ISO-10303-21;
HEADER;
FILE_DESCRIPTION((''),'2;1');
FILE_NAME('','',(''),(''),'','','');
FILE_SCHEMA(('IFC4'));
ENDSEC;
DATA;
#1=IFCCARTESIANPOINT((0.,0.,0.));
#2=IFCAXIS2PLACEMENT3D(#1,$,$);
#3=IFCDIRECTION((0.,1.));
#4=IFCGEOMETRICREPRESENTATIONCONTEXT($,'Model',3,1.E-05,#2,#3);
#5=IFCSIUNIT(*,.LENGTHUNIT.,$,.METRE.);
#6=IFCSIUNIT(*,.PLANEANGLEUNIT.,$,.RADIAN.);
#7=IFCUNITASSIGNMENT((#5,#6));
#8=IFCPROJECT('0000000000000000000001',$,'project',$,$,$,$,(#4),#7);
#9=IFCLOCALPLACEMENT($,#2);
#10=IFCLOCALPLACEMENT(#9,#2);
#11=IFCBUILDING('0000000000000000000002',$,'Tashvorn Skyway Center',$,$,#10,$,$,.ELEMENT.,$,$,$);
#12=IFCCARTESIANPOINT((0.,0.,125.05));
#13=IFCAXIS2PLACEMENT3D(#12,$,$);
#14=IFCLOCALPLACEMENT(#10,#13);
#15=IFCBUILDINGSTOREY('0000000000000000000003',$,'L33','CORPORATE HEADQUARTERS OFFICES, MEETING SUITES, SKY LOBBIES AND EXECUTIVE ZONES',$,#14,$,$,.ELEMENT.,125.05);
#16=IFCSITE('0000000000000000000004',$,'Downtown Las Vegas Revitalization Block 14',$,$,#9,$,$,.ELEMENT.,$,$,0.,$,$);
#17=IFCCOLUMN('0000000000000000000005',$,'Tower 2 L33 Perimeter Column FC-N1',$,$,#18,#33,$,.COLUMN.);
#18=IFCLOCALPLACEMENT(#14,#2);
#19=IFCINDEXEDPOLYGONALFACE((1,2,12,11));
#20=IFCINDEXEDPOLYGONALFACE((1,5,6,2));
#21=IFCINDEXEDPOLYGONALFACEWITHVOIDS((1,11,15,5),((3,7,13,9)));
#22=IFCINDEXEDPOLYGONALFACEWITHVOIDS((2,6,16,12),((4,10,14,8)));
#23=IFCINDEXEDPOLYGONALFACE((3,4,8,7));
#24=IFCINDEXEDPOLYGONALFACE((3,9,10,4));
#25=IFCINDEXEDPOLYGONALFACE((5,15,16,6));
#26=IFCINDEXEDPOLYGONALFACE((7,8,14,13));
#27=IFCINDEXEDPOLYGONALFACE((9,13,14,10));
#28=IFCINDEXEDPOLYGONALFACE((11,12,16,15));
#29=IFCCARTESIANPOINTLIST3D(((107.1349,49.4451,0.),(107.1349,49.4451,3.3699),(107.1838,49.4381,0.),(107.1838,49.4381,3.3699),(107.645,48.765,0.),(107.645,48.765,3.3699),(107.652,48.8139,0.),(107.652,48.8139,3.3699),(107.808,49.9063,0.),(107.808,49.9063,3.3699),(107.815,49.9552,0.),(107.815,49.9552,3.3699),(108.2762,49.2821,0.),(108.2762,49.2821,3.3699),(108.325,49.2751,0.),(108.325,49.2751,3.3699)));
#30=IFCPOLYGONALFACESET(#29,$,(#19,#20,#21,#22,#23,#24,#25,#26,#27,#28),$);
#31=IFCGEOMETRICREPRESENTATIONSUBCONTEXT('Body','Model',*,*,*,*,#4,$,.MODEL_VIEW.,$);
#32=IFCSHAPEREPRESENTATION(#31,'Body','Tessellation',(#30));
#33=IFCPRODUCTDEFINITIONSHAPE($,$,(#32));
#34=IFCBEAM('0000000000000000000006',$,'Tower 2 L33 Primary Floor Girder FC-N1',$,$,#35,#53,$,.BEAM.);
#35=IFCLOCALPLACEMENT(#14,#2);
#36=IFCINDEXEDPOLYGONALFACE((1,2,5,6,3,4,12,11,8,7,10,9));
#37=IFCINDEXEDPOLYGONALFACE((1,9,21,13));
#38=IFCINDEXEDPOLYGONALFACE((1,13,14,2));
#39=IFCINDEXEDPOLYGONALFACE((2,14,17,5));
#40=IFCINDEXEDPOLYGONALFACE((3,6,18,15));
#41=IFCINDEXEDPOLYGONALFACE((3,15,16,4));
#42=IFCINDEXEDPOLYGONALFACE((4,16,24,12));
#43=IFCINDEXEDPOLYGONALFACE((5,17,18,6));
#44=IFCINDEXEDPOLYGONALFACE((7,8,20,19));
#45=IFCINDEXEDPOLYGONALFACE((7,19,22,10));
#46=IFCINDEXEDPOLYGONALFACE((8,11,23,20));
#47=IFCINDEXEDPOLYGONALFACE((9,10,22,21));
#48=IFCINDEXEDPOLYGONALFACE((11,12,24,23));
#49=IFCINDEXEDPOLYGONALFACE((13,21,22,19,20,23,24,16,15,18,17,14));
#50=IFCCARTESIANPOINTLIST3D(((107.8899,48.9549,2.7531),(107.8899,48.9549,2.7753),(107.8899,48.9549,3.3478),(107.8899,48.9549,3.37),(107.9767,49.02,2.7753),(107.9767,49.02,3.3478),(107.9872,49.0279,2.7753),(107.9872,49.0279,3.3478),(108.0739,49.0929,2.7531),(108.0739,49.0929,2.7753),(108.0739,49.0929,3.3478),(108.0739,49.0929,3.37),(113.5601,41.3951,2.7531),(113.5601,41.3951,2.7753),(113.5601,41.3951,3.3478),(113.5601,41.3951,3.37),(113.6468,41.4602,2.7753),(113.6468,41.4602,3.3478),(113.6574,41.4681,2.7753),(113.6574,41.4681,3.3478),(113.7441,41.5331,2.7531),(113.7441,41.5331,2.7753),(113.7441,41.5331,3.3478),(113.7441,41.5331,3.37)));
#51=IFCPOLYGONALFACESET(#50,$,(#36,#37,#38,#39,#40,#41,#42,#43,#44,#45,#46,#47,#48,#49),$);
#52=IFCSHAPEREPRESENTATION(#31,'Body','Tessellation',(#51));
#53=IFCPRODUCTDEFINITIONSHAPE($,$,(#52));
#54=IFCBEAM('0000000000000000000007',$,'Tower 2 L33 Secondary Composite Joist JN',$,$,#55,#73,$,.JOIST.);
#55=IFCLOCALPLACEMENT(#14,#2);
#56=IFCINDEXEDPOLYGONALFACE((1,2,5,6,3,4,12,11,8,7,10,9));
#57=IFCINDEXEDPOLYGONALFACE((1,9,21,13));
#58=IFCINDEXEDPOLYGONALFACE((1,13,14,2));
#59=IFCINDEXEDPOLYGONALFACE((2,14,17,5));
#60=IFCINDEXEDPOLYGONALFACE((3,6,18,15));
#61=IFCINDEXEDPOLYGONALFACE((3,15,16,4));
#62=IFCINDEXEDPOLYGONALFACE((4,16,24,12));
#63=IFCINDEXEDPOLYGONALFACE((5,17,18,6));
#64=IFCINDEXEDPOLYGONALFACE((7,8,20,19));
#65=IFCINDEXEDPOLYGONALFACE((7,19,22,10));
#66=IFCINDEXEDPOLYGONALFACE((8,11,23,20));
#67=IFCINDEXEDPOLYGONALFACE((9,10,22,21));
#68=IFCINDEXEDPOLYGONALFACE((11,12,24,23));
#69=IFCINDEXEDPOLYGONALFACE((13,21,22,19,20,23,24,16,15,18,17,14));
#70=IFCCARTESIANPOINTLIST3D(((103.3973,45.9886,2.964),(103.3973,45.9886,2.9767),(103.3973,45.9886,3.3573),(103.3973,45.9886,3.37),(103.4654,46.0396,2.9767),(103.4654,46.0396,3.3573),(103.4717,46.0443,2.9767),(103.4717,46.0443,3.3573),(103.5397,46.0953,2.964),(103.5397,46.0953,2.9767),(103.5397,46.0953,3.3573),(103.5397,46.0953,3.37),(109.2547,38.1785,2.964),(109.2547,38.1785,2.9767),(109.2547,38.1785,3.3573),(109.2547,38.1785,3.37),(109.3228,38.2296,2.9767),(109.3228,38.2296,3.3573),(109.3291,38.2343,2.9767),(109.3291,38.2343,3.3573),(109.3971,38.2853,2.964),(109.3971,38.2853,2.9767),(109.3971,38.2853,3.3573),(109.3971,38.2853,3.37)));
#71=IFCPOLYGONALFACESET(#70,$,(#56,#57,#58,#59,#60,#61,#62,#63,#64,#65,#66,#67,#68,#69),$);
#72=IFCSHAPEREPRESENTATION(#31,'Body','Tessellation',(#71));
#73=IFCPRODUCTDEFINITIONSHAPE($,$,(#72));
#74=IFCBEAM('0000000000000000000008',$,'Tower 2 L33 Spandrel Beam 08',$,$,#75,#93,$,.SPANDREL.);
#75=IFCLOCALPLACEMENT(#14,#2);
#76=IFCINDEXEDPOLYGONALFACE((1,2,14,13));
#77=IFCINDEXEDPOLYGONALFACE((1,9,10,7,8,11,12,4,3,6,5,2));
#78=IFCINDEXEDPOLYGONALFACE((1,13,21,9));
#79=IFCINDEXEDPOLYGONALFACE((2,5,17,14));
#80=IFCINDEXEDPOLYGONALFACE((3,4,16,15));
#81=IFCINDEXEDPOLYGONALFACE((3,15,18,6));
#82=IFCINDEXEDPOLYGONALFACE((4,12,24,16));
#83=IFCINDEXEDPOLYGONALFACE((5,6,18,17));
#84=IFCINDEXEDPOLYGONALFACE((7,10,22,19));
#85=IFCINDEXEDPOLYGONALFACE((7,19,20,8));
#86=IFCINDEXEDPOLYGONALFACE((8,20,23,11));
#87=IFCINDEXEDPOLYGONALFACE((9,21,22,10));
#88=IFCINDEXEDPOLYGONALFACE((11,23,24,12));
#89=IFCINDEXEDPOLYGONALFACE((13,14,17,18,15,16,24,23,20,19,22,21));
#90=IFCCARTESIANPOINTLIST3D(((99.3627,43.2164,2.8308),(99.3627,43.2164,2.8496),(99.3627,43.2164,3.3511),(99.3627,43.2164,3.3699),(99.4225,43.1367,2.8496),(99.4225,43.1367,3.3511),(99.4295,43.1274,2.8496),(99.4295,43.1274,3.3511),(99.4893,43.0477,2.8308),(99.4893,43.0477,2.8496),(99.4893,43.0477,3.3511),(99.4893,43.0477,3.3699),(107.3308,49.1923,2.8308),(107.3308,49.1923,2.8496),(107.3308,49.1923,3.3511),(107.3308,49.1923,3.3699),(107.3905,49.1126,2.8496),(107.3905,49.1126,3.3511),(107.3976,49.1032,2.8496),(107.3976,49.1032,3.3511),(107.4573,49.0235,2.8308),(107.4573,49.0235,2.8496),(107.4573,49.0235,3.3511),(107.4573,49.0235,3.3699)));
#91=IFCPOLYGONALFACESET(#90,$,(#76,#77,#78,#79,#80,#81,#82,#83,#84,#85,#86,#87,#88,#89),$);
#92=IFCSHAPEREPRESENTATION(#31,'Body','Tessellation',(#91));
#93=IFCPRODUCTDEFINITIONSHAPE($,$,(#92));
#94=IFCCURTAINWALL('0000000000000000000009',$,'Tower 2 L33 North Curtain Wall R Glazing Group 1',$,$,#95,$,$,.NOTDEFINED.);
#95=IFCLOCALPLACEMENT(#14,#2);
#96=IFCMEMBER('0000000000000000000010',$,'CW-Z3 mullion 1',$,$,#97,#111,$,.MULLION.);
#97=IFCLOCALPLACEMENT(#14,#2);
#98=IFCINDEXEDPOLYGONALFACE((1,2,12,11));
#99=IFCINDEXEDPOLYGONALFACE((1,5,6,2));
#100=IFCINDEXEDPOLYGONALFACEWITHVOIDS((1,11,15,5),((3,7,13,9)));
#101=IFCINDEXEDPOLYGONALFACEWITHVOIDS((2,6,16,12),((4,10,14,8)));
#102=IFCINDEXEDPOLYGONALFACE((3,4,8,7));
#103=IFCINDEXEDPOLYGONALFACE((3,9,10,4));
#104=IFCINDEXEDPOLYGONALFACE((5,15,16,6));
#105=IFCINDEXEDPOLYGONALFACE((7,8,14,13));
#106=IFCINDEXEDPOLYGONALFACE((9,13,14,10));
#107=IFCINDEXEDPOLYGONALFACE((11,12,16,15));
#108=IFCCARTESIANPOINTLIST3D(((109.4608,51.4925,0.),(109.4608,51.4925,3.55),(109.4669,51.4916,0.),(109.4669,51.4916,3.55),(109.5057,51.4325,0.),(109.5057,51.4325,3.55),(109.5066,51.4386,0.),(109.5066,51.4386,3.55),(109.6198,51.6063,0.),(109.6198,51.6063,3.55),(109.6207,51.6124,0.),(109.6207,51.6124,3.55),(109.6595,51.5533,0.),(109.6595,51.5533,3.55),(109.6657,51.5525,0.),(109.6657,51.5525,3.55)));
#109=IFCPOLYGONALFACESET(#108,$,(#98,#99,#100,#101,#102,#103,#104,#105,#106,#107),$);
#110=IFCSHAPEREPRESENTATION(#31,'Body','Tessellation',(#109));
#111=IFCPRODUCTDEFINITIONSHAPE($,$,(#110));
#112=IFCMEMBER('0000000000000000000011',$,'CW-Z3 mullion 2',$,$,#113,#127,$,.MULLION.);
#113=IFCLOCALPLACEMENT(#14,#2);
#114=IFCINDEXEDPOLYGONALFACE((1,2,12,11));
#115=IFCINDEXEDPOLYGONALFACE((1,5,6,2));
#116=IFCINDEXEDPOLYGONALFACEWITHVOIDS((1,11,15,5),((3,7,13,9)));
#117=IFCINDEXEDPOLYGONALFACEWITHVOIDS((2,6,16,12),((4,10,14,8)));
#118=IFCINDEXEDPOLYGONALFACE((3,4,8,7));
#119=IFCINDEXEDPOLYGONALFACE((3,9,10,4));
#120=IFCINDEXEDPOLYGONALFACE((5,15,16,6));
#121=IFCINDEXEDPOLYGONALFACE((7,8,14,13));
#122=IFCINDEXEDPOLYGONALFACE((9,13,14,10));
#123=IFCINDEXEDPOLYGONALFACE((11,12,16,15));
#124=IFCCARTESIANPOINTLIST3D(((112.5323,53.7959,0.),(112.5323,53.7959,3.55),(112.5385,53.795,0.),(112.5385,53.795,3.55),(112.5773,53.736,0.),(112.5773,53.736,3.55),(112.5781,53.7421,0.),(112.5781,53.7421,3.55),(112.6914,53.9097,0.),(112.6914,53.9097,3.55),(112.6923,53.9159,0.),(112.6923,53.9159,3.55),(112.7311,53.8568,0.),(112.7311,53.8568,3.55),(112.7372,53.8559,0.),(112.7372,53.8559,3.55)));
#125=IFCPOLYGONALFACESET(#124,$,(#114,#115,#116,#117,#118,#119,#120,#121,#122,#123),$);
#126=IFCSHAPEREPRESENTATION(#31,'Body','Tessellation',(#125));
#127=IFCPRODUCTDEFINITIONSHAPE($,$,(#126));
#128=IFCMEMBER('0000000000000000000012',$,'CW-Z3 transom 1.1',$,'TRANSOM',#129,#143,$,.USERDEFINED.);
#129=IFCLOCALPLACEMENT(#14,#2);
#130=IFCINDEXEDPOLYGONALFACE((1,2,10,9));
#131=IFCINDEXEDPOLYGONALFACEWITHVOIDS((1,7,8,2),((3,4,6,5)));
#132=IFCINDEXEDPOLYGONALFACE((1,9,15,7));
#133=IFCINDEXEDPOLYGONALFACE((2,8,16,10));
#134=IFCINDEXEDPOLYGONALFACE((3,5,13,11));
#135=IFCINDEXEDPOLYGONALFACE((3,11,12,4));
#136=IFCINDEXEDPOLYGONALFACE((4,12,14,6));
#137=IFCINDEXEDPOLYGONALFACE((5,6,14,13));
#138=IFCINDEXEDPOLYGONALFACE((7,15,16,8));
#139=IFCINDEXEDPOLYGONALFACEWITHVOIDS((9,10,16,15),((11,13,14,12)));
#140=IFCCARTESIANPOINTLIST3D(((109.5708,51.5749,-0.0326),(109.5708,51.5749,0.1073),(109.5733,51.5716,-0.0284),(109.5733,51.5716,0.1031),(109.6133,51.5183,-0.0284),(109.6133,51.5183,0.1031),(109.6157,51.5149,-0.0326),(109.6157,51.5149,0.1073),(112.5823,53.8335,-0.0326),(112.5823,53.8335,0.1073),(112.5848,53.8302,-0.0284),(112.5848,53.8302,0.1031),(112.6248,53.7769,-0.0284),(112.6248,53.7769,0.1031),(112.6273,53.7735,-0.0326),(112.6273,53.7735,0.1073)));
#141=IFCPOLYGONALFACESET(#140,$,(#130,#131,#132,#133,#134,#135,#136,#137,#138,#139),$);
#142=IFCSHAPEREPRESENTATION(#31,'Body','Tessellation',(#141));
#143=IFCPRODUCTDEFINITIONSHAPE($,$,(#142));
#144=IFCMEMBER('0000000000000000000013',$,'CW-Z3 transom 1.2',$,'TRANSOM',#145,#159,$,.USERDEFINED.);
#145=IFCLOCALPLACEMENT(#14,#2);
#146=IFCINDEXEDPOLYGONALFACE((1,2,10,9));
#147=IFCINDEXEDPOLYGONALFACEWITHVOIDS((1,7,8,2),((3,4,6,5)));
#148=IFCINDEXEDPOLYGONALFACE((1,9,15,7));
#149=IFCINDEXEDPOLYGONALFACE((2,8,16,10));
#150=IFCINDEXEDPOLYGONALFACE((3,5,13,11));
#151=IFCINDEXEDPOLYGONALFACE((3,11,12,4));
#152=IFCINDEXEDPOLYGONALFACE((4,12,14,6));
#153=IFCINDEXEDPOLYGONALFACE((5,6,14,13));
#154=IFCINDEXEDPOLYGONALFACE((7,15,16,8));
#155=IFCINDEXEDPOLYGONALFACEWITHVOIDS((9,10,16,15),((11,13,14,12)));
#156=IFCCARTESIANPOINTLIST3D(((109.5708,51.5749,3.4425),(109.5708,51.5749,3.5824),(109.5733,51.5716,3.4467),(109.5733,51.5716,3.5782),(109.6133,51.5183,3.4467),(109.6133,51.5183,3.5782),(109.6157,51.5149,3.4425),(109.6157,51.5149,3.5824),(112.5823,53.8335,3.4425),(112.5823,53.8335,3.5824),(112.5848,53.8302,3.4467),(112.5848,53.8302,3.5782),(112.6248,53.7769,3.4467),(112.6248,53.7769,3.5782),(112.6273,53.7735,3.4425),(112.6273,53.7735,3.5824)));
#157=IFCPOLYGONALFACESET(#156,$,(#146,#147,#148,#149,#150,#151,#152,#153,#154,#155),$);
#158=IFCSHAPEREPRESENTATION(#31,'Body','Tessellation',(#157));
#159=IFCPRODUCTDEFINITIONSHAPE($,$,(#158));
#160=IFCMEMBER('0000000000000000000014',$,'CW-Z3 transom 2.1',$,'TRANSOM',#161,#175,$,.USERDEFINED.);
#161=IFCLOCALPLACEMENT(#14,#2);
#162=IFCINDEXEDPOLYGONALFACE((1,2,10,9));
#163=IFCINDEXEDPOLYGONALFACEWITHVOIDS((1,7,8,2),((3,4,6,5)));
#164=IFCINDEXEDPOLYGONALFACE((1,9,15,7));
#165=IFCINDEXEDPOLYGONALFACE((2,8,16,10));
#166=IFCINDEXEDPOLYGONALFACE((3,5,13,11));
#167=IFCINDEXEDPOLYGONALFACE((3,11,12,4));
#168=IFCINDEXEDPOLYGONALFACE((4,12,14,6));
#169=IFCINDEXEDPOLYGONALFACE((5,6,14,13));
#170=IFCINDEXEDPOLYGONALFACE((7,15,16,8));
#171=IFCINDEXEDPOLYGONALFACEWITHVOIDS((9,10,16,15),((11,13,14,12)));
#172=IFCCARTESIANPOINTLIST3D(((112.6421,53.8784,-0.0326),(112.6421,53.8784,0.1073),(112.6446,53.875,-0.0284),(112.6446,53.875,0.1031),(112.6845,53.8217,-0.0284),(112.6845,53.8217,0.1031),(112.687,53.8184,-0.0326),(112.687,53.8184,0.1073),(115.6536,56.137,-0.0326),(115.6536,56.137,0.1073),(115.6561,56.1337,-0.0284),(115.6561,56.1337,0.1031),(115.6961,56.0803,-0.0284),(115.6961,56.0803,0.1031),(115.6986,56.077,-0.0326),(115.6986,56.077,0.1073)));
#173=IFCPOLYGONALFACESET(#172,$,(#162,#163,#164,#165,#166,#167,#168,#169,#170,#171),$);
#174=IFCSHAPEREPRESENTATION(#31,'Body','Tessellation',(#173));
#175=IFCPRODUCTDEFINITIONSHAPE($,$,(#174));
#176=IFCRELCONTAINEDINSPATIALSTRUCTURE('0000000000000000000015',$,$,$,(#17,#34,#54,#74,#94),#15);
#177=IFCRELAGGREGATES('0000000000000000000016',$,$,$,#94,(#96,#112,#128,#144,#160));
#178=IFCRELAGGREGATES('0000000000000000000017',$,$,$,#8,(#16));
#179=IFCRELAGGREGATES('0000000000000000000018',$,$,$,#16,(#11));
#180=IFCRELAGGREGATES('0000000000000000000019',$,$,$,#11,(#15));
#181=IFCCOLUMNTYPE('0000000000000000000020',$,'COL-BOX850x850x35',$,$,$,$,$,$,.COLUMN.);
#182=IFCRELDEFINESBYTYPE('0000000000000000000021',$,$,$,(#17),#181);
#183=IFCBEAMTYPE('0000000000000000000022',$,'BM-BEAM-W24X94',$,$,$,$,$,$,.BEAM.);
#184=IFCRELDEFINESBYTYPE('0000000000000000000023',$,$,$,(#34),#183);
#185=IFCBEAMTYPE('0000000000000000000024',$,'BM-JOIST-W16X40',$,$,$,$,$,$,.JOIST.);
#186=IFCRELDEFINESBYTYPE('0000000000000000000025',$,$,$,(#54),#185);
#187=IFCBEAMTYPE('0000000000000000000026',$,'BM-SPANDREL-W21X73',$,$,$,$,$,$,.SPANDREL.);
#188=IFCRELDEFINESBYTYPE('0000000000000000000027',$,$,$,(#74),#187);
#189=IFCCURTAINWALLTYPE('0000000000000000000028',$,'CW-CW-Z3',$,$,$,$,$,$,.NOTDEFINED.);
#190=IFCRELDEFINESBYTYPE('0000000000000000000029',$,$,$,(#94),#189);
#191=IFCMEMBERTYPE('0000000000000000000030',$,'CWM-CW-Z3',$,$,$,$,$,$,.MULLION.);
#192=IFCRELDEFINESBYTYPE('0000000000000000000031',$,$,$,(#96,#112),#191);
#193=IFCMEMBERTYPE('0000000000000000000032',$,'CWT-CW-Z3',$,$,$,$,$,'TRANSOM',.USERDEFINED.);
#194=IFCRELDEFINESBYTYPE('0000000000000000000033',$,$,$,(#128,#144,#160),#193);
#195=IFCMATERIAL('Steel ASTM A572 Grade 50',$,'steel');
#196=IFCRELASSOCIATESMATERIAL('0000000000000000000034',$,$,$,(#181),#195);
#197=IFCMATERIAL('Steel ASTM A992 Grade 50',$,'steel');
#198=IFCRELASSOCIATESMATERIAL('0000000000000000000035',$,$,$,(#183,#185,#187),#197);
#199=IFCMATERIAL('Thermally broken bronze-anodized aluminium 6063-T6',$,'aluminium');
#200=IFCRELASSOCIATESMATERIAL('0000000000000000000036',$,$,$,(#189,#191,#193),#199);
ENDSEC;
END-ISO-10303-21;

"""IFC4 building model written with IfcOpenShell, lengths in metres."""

from ifc_helpers import new_model, si_unit, direction, frame, origin, origin_2d, place, context, subcontext, project, spatial, hollow_rectangle, i_section, extrude, material, material_profile, profile_set, type_object, element, aggregate, save


model = new_model("IFC4")

# Units and contexts
model_context = context("Model", 3, precision=1e-05, world=origin(), true_north=direction((0.0, 1.0)))
body_context = subcontext(model_context, "Body", "Model", "MODEL_VIEW")
ifc_project = project(units=[si_unit("LENGTHUNIT", "METRE"), si_unit("PLANEANGLEUNIT", "RADIAN")], contexts=[model_context])

# Site, building, storey
site_placement = place(None, origin())
site = spatial("IfcSite", under=ifc_project, at=site_placement, Name="Downtown Las Vegas Revitalization Block 14", CompositionType="ELEMENT", RefElevation=0.0)
building_placement = place(site_placement, origin())
building = spatial("IfcBuilding", under=site, at=building_placement, Name="Tashvorn Skyway Center", CompositionType="ELEMENT")
storey_placement = place(building_placement, frame((0.0, 0.0, 125.05)))
storey = spatial("IfcBuildingStorey", under=building, at=storey_placement, Name="L33", Description="CORPORATE HEADQUARTERS OFFICES, MEETING SUITES, SKY LOBBIES AND EXECUTIVE ZONES", CompositionType="ELEMENT", Elevation=125.05)

# Column
ifc_material_1 = material(Name="Steel ASTM A572 Grade 50", Category="steel")
ifc_material_profile_1 = material_profile(ifc_material_1, hollow_rectangle(XDim=0.8501, YDim=0.8501, WallThickness=0.0349, at=origin_2d()), Name="BOX850x850x35")
ifc_profile_set_1 = profile_set([ifc_material_profile_1], Name="Steel ASTM A572 Grade 50")
column_type = type_object("IfcColumnType", Name="COL-BOX850x850x35", PredefinedType="COLUMN", material=ifc_profile_set_1)
column_placement = place(storey_placement, frame((107.73, 49.3601, 0.0), z_axis=(0.0, 0.0, 1.0), x_axis=(0.8, 0.6, 0.0)))
element("IfcColumn", 1, at=column_placement, inside=storey, type_object=column_type, Name="Tower 2 L33 Perimeter Column FC-N1", PredefinedType="COLUMN", context=body_context, shape_type="SweptSolid", body=[
    extrude(hollow_rectangle(XDim=0.8501, YDim=0.8501, WallThickness=0.0349, at=origin_2d()), origin(), (0.0, 0.0, 1.0), 3.3699),
])

# Beams
ifc_material_2 = material(Name="Steel ASTM A992 Grade 50", Category="steel")
ifc_material_profile_2 = material_profile(ifc_material_2, i_section(OverallWidth=0.23, OverallDepth=0.6169, WebThickness=0.0132, FlangeThickness=0.0222, at=origin_2d()), Name="W24X94")
ifc_profile_set_2 = profile_set([ifc_material_profile_2], Name="Steel ASTM A992 Grade 50")
beam_type_1 = type_object("IfcBeamType", Name="BM-BEAM-W24X94", PredefinedType="BEAM", material=ifc_profile_set_2)
beam_1_placement = place(storey_placement, frame((107.9819, 49.0239, 3.0615), z_axis=(0.600021, -0.799984, 0.0), x_axis=(0.799984, 0.600021, 0.0)))
element("IfcBeam", 2, at=beam_1_placement, inside=storey, type_object=beam_type_1, Name="Tower 2 L33 Primary Floor Girder FC-N1", PredefinedType="BEAM", context=body_context, shape_type="SweptSolid", body=[
    extrude(i_section(OverallWidth=0.23, OverallDepth=0.6169, WebThickness=0.0132, FlangeThickness=0.0222, at=origin_2d()), origin(), (0.0, 0.0, 1.0), 9.45),
])
ifc_material_profile_3 = material_profile(ifc_material_2, i_section(OverallWidth=0.178, OverallDepth=0.406, WebThickness=0.0078, FlangeThickness=0.0127, at=origin_2d()), Name="W16X40")
ifc_profile_set_3 = profile_set([ifc_material_profile_3], Name="Steel ASTM A992 Grade 50")
beam_type_2 = type_object("IfcBeamType", Name="BM-JOIST-W16X40", PredefinedType="JOIST", material=ifc_profile_set_3)
beam_2_placement = place(storey_placement, frame((109.3259, 38.2319, 3.167), z_axis=(-0.599992, 0.800006, 0.0), x_axis=(-0.800006, -0.599992, 0.0)))
element("IfcBeam", 3, at=beam_2_placement, inside=storey, type_object=beam_type_2, Name="Tower 2 L33 Secondary Composite Joist JN", PredefinedType="JOIST", context=body_context, shape_type="SweptSolid", body=[
    extrude(i_section(OverallWidth=0.178, OverallDepth=0.406, WebThickness=0.0078, FlangeThickness=0.0127, at=origin_2d()), origin(), (0.0, 0.0, 1.0), 9.7625),
])
ifc_material_profile_4 = material_profile(ifc_material_2, i_section(OverallWidth=0.2109, OverallDepth=0.5391, WebThickness=0.0117, FlangeThickness=0.0188, at=origin_2d()), Name="W21X73")
ifc_profile_set_4 = profile_set([ifc_material_profile_4], Name="Steel ASTM A992 Grade 50")
beam_type_3 = type_object("IfcBeamType", Name="BM-SPANDREL-W21X73", PredefinedType="SPANDREL", material=ifc_profile_set_4)
beam_3_placement = place(storey_placement, frame((107.394, 49.1079, 3.1003), z_axis=(-0.800009, -0.599988, 0.0), x_axis=(0.599988, -0.800009, 0.0)))
element("IfcBeam", 4, at=beam_3_placement, inside=storey, type_object=beam_type_3, Name="Tower 2 L33 Spandrel Beam 08", PredefinedType="SPANDREL", context=body_context, shape_type="SweptSolid", body=[
    extrude(i_section(OverallWidth=0.2109, OverallDepth=0.5391, WebThickness=0.0117, FlangeThickness=0.0188, at=origin_2d()), origin(), (0.0, 0.0, 1.0), 9.96),
])

# Curtain wall, members
ifc_material_3 = material(Name="Thermally broken bronze-anodized aluminium 6063-T6", Category="aluminium")
curtain_wall_type = type_object("IfcCurtainWallType", Name="CW-CW-Z3", PredefinedType="NOTDEFINED", material=ifc_material_3)
curtain_wall_placement = place(storey_placement, origin())
curtain_wall = element("IfcCurtainWall", 5, at=curtain_wall_placement, inside=storey, type_object=curtain_wall_type, Name="Tower 2 L33 North Curtain Wall R Glazing Group 1", PredefinedType="NOTDEFINED")
ifc_material_profile_5 = material_profile(ifc_material_3, hollow_rectangle(XDim=0.075, YDim=0.2, WallThickness=0.0044, at=origin_2d()), Name="ALU-MULL-75x200")
ifc_profile_set_5 = profile_set([ifc_material_profile_5], Name="Thermally broken bronze-anodized aluminium 6063-T6")
member_type_1 = type_object("IfcMemberType", Name="CWM-CW-Z3", PredefinedType="MULLION", material=ifc_profile_set_5)
member_1_placement = place(storey_placement, frame((109.5632, 51.5225, 0.0), z_axis=(0.0, 0.0, 1.0), x_axis=(-0.599998, 0.800002, 0.0)))
member_1 = element("IfcMember", 6, at=member_1_placement, type_object=member_type_1, Name="CW-Z3 mullion 1", PredefinedType="MULLION", context=body_context, shape_type="SweptSolid", body=[
    extrude(hollow_rectangle(XDim=0.075, YDim=0.2, WallThickness=0.0044, at=origin_2d()), origin(), (0.0, 0.0, 1.0), 3.55),
])
member_2_placement = place(storey_placement, frame((112.6348, 53.8259, 0.0), z_axis=(0.0, 0.0, 1.0), x_axis=(-0.599998, 0.800002, 0.0)))
member_2 = element("IfcMember", 7, at=member_2_placement, type_object=member_type_1, Name="CW-Z3 mullion 2", PredefinedType="MULLION", context=body_context, shape_type="SweptSolid", body=[
    extrude(hollow_rectangle(XDim=0.075, YDim=0.2, WallThickness=0.0044, at=origin_2d()), origin(), (0.0, 0.0, 1.0), 3.55),
])
ifc_material_profile_6 = material_profile(ifc_material_3, hollow_rectangle(XDim=0.075, YDim=0.1399, WallThickness=0.0042, at=origin_2d()), Name="ALU-TRAN-75x140")
ifc_profile_set_6 = profile_set([ifc_material_profile_6], Name="Thermally broken bronze-anodized aluminium 6063-T6")
member_type_2 = type_object("IfcMemberType", Name="CWT-CW-Z3", ElementType="TRANSOM", PredefinedType="USERDEFINED", material=ifc_profile_set_6)
member_3_placement = place(storey_placement, frame((109.5933, 51.5449, 0.0374), z_axis=(0.800008, 0.59999, 0.0), x_axis=(-0.59999, 0.800008, 0.0)))
member_3 = element("IfcMember", 8, at=member_3_placement, type_object=member_type_2, Name="CW-Z3 transom 1.1", ObjectType="TRANSOM", PredefinedType="USERDEFINED", context=body_context, shape_type="SweptSolid", body=[
    extrude(hollow_rectangle(XDim=0.075, YDim=0.1399, WallThickness=0.0042, at=origin_2d()), origin(), (0.0, 0.0, 1.0), 3.7644),
])
member_4_placement = place(storey_placement, frame((109.5933, 51.5449, 3.5125), z_axis=(0.800008, 0.59999, 0.0), x_axis=(-0.59999, 0.800008, 0.0)))
member_4 = element("IfcMember", 9, at=member_4_placement, type_object=member_type_2, Name="CW-Z3 transom 1.2", ObjectType="TRANSOM", PredefinedType="USERDEFINED", context=body_context, shape_type="SweptSolid", body=[
    extrude(hollow_rectangle(XDim=0.075, YDim=0.1399, WallThickness=0.0042, at=origin_2d()), origin(), (0.0, 0.0, 1.0), 3.7644),
])
member_5_placement = place(storey_placement, frame((112.6646, 53.8484, 0.0374), z_axis=(0.800008, 0.59999, 0.0), x_axis=(-0.59999, 0.800008, 0.0)))
member_5 = element("IfcMember", 10, at=member_5_placement, type_object=member_type_2, Name="CW-Z3 transom 2.1", ObjectType="TRANSOM", PredefinedType="USERDEFINED", context=body_context, shape_type="SweptSolid", body=[
    extrude(hollow_rectangle(XDim=0.075, YDim=0.1399, WallThickness=0.0042, at=origin_2d()), origin(), (0.0, 0.0, 1.0), 3.7644),
])
aggregate(curtain_wall, [member_1, member_2, member_3, member_4, member_5])

save(model, "model.ifc")
